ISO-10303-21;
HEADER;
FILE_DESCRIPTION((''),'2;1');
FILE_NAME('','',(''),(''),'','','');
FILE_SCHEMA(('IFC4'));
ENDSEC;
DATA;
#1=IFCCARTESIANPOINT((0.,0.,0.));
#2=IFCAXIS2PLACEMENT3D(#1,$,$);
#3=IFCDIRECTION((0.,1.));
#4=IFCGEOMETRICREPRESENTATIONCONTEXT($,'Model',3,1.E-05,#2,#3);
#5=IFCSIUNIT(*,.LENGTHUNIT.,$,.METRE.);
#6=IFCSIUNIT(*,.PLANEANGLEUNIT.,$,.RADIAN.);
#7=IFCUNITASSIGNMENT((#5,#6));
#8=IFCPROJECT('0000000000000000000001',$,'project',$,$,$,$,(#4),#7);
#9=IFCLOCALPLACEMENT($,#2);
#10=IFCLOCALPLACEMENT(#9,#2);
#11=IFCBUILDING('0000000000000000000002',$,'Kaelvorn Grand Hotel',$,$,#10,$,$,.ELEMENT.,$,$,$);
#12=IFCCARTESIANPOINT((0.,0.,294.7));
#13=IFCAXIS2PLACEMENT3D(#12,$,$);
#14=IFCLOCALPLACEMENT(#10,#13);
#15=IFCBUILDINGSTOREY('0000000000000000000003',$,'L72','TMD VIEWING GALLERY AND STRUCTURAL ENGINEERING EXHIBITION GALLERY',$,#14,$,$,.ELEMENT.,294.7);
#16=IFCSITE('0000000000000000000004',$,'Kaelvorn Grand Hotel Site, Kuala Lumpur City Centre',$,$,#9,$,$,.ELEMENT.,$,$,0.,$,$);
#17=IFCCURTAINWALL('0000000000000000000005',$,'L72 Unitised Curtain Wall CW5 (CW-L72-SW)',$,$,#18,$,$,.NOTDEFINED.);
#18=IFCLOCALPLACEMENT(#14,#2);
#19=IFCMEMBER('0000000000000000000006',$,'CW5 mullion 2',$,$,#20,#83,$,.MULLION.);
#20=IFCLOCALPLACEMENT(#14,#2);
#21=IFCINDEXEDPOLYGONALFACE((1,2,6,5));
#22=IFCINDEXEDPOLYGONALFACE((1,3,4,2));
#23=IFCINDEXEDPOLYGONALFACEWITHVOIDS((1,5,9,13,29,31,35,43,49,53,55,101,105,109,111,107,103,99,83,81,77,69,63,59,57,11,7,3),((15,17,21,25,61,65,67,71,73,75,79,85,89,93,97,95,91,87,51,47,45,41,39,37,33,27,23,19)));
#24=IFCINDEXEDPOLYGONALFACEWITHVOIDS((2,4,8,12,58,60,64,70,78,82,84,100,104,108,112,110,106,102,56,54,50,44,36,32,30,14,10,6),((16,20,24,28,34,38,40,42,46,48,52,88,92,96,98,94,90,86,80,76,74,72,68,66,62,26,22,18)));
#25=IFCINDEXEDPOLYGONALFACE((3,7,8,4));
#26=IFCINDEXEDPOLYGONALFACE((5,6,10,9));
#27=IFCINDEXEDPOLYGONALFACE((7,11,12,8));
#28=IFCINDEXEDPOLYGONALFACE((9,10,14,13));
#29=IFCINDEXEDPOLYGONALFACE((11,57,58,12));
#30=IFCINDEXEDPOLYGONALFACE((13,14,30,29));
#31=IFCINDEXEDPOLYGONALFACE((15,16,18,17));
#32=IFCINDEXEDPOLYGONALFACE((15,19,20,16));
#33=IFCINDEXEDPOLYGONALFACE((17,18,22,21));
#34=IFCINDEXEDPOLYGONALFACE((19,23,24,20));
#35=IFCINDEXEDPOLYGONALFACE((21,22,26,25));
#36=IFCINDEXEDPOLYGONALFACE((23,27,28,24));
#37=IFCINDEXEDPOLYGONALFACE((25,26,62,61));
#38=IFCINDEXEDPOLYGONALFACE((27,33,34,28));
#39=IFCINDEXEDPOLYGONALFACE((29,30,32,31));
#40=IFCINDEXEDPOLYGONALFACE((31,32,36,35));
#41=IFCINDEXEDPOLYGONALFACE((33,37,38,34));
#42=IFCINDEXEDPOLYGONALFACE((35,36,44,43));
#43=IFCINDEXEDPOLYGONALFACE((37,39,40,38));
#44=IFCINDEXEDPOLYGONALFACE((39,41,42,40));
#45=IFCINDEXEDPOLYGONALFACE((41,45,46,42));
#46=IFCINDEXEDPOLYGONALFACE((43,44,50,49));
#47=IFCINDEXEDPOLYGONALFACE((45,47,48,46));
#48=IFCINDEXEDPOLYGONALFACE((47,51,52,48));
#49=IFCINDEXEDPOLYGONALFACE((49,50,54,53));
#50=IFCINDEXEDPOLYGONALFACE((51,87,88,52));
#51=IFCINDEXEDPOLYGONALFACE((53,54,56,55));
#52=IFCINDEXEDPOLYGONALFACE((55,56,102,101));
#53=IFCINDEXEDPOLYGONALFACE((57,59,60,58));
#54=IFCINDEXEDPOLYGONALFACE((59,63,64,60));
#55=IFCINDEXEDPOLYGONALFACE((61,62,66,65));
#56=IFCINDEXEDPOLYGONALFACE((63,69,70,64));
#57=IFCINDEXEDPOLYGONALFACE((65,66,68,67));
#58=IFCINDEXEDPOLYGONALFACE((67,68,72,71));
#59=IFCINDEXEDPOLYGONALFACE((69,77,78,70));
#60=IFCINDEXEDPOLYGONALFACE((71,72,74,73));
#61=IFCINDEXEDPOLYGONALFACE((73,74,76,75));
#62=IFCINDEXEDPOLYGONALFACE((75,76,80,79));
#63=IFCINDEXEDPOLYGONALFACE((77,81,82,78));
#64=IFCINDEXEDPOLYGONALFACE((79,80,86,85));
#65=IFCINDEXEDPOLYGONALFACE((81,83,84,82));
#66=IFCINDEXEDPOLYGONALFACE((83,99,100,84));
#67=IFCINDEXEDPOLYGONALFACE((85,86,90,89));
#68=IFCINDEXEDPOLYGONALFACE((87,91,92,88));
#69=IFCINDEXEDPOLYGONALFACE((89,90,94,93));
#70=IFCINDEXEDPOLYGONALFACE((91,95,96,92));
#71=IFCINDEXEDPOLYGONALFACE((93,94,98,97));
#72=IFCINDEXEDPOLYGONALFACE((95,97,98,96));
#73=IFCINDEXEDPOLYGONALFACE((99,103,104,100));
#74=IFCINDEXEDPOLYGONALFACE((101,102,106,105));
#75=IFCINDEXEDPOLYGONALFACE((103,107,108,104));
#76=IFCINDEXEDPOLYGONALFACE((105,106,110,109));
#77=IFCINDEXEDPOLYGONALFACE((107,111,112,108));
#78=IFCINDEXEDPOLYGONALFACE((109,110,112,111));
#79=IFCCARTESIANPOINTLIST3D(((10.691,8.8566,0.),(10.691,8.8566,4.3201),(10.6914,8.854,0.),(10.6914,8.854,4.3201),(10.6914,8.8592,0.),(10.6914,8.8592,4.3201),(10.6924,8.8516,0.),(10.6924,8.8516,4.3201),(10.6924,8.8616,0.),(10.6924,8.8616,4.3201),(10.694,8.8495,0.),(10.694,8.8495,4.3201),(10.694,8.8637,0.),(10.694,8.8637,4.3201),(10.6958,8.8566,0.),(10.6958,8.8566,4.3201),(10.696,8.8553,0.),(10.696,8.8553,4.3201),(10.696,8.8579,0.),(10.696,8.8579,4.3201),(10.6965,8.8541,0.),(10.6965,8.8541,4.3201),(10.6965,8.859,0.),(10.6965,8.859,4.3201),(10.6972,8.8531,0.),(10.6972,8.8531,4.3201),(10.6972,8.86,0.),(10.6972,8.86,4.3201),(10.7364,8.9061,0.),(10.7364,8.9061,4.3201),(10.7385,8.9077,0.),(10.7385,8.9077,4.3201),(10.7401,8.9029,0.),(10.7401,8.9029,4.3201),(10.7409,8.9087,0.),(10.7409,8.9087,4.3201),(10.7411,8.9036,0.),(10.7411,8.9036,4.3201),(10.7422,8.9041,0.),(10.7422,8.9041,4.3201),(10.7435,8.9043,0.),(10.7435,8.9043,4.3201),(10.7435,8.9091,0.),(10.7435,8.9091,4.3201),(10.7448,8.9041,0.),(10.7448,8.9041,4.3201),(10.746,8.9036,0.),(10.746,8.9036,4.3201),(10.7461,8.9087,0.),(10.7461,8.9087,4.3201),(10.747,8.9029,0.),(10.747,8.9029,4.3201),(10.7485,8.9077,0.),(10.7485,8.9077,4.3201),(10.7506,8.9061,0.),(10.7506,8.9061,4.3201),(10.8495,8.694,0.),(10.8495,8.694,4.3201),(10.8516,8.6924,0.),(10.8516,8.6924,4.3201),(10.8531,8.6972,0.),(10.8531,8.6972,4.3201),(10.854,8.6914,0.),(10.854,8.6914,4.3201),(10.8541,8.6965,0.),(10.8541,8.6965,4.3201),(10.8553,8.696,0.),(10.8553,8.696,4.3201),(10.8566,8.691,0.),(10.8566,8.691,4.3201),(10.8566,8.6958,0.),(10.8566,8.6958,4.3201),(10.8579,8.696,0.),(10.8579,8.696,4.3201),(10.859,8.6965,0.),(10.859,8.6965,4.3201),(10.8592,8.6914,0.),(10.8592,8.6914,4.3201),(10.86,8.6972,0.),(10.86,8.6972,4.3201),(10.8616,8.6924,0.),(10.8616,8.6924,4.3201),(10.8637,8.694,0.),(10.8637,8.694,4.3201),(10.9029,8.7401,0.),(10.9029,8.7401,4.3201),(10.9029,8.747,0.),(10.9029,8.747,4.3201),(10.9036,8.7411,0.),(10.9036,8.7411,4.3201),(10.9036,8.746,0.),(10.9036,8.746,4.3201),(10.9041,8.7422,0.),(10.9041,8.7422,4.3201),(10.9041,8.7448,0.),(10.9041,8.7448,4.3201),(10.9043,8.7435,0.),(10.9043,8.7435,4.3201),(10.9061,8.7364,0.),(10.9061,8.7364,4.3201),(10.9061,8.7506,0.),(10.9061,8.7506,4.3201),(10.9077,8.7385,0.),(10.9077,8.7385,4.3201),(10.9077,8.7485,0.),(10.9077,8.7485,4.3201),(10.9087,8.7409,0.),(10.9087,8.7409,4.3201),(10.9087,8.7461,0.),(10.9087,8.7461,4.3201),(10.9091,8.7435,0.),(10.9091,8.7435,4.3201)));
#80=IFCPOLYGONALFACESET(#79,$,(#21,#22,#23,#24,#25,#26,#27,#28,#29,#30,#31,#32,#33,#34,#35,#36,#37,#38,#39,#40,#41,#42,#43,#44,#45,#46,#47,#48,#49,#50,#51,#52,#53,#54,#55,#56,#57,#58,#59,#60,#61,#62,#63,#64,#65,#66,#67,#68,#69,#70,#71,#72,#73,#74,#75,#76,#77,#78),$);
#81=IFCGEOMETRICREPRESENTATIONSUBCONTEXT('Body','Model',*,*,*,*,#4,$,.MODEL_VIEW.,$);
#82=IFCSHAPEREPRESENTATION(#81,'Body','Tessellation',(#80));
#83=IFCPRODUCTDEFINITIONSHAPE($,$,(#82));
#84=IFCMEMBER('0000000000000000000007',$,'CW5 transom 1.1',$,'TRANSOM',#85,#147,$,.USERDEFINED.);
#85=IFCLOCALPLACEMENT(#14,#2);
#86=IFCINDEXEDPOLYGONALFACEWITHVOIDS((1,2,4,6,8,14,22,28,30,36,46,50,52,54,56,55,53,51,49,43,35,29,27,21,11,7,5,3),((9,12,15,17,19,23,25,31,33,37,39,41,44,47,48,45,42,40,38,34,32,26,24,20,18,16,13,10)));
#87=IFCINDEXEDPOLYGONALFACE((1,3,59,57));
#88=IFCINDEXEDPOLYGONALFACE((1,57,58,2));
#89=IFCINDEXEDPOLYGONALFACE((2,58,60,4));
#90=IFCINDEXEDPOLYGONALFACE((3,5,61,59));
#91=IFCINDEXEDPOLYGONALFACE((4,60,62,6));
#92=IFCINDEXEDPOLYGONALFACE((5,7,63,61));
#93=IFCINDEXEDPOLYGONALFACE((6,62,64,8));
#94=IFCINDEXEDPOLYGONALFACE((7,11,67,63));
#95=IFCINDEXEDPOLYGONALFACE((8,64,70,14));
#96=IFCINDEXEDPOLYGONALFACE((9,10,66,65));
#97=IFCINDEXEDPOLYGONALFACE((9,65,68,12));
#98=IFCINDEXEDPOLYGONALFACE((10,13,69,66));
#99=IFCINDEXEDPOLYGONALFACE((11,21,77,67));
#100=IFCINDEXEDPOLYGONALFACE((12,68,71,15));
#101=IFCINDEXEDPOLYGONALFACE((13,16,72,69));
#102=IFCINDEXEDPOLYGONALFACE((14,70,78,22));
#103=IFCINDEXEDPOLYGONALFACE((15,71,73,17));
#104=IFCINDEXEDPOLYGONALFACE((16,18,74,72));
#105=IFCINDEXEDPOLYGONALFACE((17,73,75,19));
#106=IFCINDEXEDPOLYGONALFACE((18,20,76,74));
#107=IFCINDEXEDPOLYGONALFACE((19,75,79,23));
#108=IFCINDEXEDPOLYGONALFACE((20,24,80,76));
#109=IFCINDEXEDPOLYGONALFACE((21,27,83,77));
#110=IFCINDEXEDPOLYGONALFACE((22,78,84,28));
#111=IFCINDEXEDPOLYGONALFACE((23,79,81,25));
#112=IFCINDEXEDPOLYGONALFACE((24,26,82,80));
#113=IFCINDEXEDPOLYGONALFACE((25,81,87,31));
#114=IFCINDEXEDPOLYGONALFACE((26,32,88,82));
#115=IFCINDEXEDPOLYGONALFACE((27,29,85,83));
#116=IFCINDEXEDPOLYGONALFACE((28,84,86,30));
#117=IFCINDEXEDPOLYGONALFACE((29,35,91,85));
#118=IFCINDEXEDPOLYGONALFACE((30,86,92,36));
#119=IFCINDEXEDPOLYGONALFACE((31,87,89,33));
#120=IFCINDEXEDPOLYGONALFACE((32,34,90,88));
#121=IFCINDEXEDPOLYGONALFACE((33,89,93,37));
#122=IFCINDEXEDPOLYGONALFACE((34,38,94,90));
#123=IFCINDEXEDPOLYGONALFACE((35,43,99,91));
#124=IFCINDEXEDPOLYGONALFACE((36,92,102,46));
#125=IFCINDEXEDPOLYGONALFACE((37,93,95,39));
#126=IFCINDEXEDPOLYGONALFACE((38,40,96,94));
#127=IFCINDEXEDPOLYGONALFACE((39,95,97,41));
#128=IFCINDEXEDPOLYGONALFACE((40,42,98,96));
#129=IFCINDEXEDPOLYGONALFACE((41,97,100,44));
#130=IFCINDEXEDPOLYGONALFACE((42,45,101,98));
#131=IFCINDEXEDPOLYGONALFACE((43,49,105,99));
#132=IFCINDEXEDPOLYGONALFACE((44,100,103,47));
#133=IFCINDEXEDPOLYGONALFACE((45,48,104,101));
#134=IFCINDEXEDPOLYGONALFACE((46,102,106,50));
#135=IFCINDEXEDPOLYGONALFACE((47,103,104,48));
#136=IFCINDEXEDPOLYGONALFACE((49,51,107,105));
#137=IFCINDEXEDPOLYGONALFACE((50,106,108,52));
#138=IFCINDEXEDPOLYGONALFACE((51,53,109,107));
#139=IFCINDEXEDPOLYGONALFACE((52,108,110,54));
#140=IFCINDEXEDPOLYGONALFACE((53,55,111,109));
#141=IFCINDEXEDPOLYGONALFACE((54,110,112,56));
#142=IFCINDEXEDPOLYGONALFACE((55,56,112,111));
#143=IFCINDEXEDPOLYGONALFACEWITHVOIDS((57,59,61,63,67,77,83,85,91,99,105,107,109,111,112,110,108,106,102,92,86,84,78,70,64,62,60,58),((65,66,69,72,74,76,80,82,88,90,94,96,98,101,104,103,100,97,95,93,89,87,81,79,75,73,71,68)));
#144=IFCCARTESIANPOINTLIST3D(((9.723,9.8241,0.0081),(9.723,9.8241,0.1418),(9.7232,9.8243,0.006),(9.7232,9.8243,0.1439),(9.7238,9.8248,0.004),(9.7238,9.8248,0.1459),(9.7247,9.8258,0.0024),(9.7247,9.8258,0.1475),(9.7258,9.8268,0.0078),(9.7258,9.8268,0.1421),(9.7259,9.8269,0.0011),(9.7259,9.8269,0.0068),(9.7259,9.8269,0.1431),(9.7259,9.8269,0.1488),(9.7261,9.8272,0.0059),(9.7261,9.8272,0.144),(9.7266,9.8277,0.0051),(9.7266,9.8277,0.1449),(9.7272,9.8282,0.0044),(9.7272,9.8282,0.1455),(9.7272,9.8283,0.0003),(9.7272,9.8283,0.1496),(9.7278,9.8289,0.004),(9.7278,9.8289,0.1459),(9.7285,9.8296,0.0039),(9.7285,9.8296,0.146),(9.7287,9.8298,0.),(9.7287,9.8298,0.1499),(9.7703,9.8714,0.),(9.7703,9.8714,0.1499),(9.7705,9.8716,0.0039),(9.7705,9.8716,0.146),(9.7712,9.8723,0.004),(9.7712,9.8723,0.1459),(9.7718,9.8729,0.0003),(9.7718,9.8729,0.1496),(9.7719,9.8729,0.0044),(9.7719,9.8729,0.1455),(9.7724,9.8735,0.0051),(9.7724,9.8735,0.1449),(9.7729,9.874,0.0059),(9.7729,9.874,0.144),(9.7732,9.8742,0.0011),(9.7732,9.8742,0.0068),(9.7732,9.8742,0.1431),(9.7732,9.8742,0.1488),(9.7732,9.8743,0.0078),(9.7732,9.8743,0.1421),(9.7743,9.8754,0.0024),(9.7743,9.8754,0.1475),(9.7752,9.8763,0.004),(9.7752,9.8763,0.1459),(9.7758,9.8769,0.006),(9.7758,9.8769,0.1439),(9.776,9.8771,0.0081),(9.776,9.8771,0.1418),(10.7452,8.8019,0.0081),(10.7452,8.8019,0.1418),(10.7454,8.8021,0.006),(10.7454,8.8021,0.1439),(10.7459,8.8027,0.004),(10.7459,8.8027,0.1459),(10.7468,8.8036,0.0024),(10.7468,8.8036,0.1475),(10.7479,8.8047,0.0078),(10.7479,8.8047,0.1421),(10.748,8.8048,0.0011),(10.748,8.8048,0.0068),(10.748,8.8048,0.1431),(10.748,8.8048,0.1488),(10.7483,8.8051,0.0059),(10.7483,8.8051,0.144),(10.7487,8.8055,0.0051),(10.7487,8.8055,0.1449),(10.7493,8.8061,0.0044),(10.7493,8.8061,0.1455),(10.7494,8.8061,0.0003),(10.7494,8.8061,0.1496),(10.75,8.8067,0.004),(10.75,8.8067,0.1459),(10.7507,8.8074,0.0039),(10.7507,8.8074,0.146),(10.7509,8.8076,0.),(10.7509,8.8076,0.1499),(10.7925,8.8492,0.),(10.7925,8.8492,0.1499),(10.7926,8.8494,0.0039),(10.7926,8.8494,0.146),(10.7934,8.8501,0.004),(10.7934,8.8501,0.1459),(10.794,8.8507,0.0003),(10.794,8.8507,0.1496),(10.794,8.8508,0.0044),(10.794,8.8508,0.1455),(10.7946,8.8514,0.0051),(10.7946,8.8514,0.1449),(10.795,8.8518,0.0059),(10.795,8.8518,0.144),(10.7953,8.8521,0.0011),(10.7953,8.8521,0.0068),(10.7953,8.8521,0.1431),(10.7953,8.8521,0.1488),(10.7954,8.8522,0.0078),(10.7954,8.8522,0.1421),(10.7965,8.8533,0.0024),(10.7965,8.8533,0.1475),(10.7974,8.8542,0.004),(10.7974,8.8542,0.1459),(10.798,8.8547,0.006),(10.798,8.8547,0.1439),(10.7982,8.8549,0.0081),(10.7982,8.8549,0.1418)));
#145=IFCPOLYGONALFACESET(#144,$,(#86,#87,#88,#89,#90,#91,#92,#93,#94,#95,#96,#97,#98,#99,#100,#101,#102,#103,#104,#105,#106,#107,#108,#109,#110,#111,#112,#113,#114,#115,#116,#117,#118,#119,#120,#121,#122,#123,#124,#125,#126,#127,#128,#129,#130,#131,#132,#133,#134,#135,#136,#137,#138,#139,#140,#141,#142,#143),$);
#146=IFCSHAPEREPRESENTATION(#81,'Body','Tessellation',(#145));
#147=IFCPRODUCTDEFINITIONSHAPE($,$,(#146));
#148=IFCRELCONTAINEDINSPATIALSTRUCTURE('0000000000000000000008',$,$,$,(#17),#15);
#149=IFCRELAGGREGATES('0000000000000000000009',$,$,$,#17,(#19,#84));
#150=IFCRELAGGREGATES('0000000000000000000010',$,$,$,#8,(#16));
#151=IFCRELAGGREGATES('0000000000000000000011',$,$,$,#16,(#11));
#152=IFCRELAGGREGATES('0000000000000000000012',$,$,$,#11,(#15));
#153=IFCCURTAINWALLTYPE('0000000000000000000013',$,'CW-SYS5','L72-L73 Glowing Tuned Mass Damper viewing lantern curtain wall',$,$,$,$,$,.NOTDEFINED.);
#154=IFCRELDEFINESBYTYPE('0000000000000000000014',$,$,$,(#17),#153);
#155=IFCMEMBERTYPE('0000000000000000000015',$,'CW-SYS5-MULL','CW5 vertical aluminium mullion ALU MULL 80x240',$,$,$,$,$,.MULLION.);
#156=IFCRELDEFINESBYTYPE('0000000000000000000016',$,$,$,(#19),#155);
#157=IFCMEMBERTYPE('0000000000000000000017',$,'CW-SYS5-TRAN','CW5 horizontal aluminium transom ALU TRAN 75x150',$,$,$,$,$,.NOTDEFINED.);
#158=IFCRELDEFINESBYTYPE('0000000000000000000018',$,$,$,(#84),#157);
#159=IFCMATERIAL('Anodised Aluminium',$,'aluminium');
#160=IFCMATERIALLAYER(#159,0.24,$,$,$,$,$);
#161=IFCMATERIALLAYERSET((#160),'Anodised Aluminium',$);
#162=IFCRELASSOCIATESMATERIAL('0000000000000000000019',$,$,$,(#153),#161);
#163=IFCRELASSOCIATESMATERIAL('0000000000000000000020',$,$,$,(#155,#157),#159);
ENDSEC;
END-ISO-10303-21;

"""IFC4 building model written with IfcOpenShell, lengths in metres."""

from ifc_helpers import new_model, si_unit, direction, frame, origin, origin_2d, place, context, subcontext, project, spatial, hollow_rectangle, extrude, material, layer, layer_set, material_profile, profile_set, type_object, element, aggregate, save


model = new_model("IFC4")

# Units and contexts
model_context = context("Model", 3, precision=1e-05, world=origin(), true_north=direction((0.0, 1.0)))
body_context = subcontext(model_context, "Body", "Model", "MODEL_VIEW")
ifc_project = project(units=[si_unit("LENGTHUNIT", "METRE"), si_unit("PLANEANGLEUNIT", "RADIAN")], contexts=[model_context])

# Site, building, storey
site_placement = place(None, origin())
site = spatial("IfcSite", under=ifc_project, at=site_placement, Name="Kaelvorn Grand Hotel Site, Kuala Lumpur City Centre", CompositionType="ELEMENT", RefElevation=0.0)
building_placement = place(site_placement, origin())
building = spatial("IfcBuilding", under=site, at=building_placement, Name="Kaelvorn Grand Hotel", CompositionType="ELEMENT")
storey_placement = place(building_placement, frame((0.0, 0.0, 294.7)))
storey = spatial("IfcBuildingStorey", under=building, at=storey_placement, Name="L72", Description="TMD VIEWING GALLERY AND STRUCTURAL ENGINEERING EXHIBITION GALLERY", CompositionType="ELEMENT", Elevation=294.7)

# Shared definitions
ifc_material_1 = material(Name="Anodised Aluminium", Category="aluminium")
ifc_layer_1 = layer(ifc_material_1, 0.24)
ifc_layer_set_1 = layer_set([ifc_layer_1], Name="Anodised Aluminium")
curtain_wall_type = type_object("IfcCurtainWallType", Name="CW-SYS5", Description="L72-L73 Glowing Tuned Mass Damper viewing lantern curtain wall", PredefinedType="NOTDEFINED", material=ifc_layer_set_1)
ifc_material_profile_1 = material_profile(ifc_material_1, hollow_rectangle(XDim=0.0801, YDim=0.24, WallThickness=0.0049, InnerFilletRadius=0.0049, OuterFilletRadius=0.01, at=origin_2d()), Name="ALU MULL 80x240")
ifc_profile_set_1 = profile_set([ifc_material_profile_1], Name="Anodised Aluminium")
member_type_1 = type_object("IfcMemberType", Name="CW-SYS5-MULL", Description="CW5 vertical aluminium mullion ALU MULL 80x240", PredefinedType="MULLION", material=ifc_profile_set_1)

# Curtain wall, members
curtain_wall_1_placement = place(storey_placement, origin())
curtain_wall_1 = element("IfcCurtainWall", 1, at=curtain_wall_1_placement, inside=storey, type_object=curtain_wall_type, Name="L72 Unitised Curtain Wall CW5 (CW-L72-SW)", PredefinedType="NOTDEFINED")
member_1_placement = place(storey_placement, frame((10.8, 8.8, 0.0), z_axis=(0.0, 0.0, 1.0), x_axis=(0.707107, 0.707107, 0.0)))
member_1 = element("IfcMember", 2, at=member_1_placement, type_object=member_type_1, Name="CW5 mullion 2", PredefinedType="MULLION", context=body_context, shape_type="SweptSolid", body=[
    extrude(hollow_rectangle(XDim=0.0801, YDim=0.24, WallThickness=0.0049, InnerFilletRadius=0.0049, OuterFilletRadius=0.01, at=origin_2d()), origin(), (0.0, 0.0, 1.0), 4.3201),
])
ifc_material_profile_2 = material_profile(ifc_material_1, hollow_rectangle(XDim=0.075, YDim=0.1499, WallThickness=0.0039, InnerFilletRadius=0.0039, OuterFilletRadius=0.0081, at=origin_2d()), Name="ALU TRAN 75x150")
ifc_profile_set_2 = profile_set([ifc_material_profile_2], Name="Anodised Aluminium")
member_type_2 = type_object("IfcMemberType", Name="CW-SYS5-TRAN", Description="CW5 horizontal aluminium transom ALU TRAN 75x150", PredefinedType="NOTDEFINED", material=ifc_profile_set_2)
member_2_placement = place(storey_placement, frame((9.7495, 9.8506, 0.075), z_axis=(0.707107, -0.707107, 0.0), x_axis=(0.707107, 0.707107, 0.0)))
member_2 = element("IfcMember", 3, at=member_2_placement, type_object=member_type_2, Name="CW5 transom 1.1", ObjectType="TRANSOM", PredefinedType="USERDEFINED", context=body_context, shape_type="SweptSolid", body=[
    extrude(hollow_rectangle(XDim=0.075, YDim=0.1499, WallThickness=0.0039, InnerFilletRadius=0.0039, OuterFilletRadius=0.0081, at=origin_2d()), origin(), (0.0, 0.0, 1.0), 1.4456),
])

aggregate(curtain_wall_1, [member_1, member_2])

save(model, "model.ifc")
